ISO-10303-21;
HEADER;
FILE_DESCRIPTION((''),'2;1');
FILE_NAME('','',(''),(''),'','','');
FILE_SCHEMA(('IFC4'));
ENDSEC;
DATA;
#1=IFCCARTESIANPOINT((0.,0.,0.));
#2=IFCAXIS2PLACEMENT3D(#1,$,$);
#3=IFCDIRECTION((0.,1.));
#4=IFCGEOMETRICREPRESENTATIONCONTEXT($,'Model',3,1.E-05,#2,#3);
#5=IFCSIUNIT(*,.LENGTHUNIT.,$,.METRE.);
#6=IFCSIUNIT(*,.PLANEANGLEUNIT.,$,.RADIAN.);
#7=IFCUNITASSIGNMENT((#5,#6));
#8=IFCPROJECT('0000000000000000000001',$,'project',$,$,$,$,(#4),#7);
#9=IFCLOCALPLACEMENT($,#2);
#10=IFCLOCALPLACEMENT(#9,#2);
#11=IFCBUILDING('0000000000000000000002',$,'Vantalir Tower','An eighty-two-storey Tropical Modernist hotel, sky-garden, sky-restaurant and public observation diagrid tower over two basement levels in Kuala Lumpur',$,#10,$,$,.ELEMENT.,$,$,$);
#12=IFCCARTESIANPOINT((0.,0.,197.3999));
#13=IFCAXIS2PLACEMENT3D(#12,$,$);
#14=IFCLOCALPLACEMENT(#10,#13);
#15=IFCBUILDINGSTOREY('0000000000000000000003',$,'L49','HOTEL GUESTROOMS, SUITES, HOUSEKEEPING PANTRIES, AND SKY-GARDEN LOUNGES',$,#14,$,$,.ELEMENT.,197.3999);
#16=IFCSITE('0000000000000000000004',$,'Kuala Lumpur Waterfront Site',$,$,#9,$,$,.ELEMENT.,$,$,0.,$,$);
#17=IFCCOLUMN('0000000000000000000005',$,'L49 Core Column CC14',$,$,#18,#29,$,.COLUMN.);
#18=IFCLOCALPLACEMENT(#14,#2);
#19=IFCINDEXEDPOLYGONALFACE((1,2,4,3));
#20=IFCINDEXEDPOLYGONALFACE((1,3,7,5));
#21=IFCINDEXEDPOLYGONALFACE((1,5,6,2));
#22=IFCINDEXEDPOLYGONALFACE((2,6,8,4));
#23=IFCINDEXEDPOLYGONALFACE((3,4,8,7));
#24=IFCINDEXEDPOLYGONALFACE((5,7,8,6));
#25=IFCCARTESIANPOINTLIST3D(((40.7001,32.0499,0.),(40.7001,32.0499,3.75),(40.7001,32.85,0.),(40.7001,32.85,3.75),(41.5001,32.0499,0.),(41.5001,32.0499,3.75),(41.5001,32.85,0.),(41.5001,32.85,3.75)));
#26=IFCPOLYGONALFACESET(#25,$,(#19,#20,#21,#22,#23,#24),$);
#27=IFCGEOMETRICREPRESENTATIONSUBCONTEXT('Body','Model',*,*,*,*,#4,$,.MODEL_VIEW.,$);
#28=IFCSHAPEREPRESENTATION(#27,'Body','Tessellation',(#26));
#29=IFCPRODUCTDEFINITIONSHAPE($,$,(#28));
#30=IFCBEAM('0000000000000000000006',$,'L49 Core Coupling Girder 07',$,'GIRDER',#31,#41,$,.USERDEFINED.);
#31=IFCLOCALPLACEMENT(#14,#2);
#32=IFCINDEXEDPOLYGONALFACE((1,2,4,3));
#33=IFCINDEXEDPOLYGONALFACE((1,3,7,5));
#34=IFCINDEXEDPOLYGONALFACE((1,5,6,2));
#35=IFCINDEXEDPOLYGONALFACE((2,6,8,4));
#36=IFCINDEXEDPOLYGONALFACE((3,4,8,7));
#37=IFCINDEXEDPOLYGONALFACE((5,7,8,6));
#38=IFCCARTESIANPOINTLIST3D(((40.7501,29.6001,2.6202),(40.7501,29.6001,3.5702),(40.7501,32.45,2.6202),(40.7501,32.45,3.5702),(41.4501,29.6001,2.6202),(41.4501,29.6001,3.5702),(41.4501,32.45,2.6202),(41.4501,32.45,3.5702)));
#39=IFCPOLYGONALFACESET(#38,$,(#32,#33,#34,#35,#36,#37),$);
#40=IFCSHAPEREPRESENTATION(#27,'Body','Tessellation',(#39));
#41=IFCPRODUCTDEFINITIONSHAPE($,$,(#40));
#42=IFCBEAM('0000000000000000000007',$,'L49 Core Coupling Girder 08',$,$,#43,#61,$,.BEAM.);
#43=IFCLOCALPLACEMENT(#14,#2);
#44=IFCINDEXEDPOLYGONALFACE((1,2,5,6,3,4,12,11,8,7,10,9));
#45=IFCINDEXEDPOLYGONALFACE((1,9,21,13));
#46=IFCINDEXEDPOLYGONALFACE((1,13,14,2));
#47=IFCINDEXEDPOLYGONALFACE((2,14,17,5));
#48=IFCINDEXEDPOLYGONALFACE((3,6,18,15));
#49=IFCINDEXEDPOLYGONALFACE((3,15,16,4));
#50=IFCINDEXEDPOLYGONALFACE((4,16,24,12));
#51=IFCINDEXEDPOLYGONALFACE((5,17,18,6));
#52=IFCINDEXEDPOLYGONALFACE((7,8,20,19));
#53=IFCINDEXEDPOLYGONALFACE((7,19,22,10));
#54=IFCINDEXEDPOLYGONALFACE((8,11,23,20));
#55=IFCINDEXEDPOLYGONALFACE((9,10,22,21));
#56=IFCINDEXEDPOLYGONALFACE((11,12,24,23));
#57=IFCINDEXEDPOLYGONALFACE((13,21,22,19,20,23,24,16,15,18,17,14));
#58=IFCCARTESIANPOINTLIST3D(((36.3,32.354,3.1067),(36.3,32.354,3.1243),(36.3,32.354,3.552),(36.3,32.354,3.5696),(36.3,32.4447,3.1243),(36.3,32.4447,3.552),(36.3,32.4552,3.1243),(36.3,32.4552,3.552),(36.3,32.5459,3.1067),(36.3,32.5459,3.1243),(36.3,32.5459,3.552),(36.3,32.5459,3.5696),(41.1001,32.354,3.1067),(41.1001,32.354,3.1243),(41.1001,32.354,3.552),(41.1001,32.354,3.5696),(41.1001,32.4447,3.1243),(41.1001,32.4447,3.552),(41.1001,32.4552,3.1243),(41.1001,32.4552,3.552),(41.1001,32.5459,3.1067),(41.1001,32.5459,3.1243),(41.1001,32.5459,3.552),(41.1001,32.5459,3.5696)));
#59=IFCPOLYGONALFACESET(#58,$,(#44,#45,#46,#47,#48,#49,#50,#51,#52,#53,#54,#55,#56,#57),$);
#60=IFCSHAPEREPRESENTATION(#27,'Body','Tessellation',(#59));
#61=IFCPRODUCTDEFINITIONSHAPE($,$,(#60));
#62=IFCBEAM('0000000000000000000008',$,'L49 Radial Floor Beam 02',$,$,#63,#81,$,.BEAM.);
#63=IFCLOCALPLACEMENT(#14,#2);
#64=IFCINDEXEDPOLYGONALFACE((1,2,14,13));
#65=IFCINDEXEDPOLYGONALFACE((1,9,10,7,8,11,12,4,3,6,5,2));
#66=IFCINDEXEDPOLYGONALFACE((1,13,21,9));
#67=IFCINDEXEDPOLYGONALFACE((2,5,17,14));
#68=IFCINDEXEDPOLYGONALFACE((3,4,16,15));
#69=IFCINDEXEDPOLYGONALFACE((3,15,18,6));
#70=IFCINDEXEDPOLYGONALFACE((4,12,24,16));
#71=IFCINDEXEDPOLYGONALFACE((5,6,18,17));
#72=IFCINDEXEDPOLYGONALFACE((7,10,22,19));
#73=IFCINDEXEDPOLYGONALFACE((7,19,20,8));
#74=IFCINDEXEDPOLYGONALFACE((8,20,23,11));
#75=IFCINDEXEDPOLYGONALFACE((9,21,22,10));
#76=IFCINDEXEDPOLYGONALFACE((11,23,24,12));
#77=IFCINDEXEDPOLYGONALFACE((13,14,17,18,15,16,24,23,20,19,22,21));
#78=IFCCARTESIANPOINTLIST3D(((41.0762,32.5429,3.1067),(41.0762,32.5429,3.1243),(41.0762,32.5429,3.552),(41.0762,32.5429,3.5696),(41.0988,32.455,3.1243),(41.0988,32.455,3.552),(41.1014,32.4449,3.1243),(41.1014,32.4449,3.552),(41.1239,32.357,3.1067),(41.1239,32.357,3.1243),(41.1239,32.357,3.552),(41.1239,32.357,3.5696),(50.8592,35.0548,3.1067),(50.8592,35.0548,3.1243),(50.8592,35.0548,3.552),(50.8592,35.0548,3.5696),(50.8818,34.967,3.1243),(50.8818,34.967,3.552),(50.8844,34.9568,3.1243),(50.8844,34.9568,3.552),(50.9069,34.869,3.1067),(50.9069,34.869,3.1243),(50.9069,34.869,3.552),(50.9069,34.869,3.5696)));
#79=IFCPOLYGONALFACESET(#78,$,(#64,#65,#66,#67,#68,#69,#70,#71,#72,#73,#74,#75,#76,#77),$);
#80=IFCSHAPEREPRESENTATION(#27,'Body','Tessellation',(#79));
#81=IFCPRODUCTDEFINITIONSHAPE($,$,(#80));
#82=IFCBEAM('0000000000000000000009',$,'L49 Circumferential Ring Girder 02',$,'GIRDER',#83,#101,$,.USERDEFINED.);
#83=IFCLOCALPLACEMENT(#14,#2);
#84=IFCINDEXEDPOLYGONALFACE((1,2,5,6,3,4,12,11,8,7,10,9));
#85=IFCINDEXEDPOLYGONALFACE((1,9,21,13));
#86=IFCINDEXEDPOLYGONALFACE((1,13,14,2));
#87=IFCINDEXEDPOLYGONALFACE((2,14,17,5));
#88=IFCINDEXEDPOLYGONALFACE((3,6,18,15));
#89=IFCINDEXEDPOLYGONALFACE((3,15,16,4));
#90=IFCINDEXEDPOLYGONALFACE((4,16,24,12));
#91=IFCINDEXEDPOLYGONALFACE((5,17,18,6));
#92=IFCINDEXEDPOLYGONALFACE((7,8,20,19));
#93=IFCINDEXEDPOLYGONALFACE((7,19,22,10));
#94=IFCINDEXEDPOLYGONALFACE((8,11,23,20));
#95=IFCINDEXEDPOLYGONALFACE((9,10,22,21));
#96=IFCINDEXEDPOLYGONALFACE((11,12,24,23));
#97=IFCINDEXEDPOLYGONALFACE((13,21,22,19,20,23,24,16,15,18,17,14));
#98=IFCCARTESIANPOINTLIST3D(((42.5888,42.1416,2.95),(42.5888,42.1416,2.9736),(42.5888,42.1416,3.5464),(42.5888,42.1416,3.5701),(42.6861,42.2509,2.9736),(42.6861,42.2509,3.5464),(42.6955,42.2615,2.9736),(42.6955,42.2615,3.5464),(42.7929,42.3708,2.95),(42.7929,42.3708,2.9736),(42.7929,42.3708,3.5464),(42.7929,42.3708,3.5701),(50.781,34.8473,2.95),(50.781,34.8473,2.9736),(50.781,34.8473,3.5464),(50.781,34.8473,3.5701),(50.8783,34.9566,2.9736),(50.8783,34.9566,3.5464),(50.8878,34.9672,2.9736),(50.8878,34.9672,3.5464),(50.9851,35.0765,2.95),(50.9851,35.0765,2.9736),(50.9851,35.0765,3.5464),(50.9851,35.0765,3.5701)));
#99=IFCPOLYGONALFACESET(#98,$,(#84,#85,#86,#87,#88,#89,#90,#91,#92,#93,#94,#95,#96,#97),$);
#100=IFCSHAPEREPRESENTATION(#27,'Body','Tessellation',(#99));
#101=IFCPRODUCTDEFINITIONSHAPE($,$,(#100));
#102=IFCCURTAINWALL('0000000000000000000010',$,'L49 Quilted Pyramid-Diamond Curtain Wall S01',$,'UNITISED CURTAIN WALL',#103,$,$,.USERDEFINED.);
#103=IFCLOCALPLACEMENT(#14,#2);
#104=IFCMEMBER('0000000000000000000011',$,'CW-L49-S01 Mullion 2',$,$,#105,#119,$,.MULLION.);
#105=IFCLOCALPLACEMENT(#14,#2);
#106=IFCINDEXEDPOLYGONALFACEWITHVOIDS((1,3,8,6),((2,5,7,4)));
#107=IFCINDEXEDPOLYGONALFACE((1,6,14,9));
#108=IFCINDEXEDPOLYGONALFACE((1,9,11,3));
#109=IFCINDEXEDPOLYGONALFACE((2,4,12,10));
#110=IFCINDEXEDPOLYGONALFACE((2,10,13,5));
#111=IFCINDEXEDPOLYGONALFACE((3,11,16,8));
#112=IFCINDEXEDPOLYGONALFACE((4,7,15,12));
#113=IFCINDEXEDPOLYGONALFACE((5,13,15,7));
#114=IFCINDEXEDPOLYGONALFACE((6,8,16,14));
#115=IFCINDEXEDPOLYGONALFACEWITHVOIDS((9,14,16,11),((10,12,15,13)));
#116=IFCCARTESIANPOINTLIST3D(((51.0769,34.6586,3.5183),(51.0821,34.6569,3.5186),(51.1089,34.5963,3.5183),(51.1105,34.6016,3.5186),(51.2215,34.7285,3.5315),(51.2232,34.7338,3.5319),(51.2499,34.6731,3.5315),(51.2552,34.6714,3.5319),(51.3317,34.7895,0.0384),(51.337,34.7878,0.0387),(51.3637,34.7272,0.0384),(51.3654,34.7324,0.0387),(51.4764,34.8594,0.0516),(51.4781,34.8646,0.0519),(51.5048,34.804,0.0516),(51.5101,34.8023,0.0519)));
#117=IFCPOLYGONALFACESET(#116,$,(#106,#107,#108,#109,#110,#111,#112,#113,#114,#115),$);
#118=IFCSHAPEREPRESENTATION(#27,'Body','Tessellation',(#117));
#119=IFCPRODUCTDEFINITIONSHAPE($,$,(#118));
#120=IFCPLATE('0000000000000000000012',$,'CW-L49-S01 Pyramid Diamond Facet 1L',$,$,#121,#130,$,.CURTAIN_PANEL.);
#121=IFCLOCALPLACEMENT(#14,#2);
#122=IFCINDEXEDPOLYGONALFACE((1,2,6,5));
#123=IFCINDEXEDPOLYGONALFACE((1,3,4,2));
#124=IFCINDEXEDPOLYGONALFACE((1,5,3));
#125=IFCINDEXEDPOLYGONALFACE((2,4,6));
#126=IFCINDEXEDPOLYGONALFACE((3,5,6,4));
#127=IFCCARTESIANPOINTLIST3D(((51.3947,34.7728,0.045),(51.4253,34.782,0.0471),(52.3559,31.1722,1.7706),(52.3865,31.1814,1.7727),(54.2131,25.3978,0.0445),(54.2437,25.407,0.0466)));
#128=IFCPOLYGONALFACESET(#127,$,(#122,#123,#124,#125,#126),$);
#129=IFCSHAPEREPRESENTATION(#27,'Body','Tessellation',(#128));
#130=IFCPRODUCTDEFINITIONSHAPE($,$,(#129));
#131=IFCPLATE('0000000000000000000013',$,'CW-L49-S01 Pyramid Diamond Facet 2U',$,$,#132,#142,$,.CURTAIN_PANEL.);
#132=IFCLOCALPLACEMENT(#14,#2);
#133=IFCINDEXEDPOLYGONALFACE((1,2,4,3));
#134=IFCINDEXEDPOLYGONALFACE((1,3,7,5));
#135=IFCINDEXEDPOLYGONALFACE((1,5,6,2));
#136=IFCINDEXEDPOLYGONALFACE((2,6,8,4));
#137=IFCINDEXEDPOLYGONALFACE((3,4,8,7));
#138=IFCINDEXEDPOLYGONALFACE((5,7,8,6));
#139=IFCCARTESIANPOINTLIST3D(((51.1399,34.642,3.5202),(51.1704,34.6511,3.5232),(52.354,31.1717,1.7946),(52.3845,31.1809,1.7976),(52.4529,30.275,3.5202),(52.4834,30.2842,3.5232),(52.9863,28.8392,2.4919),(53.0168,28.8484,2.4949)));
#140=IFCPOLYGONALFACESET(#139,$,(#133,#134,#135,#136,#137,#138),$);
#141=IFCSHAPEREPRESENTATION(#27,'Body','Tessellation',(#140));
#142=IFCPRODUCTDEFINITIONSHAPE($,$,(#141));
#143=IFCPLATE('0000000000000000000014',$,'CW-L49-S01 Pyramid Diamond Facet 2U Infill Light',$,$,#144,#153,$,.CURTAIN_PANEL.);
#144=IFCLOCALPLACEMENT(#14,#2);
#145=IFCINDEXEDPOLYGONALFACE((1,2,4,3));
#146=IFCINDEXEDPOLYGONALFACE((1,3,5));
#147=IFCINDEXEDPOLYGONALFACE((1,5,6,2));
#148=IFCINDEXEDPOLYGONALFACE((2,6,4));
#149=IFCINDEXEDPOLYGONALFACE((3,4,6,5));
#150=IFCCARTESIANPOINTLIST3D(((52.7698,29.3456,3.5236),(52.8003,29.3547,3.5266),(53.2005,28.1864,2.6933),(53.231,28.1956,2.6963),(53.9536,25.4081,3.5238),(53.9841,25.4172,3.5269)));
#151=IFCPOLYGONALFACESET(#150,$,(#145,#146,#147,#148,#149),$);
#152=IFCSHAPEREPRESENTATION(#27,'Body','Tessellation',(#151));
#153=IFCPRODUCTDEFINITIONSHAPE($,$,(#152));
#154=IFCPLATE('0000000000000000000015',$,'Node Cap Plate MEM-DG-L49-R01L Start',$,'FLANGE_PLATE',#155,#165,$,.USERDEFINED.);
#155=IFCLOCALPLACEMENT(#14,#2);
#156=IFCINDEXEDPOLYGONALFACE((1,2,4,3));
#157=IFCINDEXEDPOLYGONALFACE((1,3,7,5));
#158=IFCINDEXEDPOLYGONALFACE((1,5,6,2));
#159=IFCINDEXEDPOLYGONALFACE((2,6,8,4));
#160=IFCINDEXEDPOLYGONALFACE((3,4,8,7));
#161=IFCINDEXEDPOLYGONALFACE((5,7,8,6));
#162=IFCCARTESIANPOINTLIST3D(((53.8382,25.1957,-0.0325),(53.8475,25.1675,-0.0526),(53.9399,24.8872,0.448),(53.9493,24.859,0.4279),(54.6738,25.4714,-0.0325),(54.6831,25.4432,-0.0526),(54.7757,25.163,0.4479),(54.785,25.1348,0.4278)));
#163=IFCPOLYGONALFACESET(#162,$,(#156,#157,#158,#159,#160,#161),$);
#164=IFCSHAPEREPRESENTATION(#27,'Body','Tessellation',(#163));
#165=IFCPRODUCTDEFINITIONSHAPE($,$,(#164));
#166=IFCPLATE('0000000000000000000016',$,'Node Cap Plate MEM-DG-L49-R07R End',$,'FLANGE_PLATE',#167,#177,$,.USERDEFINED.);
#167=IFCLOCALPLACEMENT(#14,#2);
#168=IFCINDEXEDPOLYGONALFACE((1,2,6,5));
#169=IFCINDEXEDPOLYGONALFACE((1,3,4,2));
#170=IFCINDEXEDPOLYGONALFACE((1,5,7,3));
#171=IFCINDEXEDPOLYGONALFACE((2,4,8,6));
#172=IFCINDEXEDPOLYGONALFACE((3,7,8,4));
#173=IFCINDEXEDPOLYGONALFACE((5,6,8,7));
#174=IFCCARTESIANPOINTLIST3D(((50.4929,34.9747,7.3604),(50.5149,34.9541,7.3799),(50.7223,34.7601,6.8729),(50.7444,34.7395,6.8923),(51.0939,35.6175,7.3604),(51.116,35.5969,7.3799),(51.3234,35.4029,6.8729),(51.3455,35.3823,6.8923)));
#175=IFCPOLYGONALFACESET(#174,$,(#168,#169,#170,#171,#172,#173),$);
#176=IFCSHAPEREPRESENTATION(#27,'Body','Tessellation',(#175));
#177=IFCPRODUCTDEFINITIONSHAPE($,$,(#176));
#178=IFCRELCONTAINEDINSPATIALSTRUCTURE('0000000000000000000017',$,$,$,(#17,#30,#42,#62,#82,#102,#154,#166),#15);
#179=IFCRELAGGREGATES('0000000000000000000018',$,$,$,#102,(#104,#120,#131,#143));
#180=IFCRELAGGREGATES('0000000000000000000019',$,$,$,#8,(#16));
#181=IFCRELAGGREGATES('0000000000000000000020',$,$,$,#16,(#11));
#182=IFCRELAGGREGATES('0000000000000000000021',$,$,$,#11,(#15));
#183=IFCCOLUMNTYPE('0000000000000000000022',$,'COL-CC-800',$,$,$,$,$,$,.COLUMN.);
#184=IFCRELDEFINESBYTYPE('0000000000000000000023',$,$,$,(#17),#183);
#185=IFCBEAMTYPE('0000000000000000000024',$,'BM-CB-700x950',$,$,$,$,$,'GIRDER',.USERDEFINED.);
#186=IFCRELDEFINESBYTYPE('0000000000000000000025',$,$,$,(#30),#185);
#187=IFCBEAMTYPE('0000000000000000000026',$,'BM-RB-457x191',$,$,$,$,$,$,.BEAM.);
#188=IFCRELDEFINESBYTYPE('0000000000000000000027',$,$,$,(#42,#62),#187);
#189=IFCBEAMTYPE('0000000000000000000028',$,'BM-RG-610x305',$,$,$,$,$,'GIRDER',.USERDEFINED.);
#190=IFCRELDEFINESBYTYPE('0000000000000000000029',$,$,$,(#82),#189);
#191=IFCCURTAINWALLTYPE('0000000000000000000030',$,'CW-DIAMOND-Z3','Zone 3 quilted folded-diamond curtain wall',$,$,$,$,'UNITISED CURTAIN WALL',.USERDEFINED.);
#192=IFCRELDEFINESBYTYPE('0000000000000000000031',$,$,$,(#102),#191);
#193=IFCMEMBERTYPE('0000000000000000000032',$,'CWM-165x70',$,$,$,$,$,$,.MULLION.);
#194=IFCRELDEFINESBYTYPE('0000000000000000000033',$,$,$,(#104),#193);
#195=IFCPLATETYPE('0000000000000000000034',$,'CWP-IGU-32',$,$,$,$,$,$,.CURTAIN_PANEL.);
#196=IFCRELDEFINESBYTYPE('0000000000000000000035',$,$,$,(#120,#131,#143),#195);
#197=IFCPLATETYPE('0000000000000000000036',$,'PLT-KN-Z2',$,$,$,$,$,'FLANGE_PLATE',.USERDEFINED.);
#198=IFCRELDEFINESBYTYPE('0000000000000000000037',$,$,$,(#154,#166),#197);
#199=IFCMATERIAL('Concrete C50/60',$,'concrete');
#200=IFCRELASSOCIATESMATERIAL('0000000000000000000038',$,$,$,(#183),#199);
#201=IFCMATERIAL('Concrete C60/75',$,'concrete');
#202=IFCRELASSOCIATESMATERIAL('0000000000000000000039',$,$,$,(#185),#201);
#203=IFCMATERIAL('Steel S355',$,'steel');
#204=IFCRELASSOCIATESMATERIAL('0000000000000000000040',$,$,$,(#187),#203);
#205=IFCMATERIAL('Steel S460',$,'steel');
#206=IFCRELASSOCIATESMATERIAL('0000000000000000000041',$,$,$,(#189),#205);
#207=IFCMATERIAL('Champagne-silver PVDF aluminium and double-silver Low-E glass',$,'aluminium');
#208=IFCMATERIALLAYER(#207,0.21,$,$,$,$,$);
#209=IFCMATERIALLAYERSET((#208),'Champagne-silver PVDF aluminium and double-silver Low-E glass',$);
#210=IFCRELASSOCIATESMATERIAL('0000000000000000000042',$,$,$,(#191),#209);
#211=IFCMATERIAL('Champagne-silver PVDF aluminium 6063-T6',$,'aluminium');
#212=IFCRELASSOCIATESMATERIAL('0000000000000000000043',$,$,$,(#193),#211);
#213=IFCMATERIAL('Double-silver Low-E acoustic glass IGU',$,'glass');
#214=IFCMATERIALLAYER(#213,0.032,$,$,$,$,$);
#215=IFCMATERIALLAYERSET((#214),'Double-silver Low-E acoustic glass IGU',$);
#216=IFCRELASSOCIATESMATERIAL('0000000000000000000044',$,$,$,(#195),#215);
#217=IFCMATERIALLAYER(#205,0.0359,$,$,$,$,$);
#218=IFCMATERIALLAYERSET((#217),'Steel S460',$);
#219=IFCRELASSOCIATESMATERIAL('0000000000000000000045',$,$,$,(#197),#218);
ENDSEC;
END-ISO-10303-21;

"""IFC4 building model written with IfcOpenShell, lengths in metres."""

from ifc_helpers import new_model, si_unit, direction, frame, origin, origin_2d, place, context, subcontext, project, spatial, polyline, rectangle, hollow_rectangle, i_section, outline, extrude, material, layer, layer_set, material_profile, profile_set, type_object, element, aggregate, save


model = new_model("IFC4")

# Units and contexts
model_context = context("Model", 3, precision=1e-05, world=origin(), true_north=direction((0.0, 1.0)))
body_context = subcontext(model_context, "Body", "Model", "MODEL_VIEW")
ifc_project = project(units=[si_unit("LENGTHUNIT", "METRE"), si_unit("PLANEANGLEUNIT", "RADIAN")], contexts=[model_context])

# Site, building, storey
site_placement = place(None, origin())
site = spatial("IfcSite", under=ifc_project, at=site_placement, Name="Kuala Lumpur Waterfront Site", CompositionType="ELEMENT", RefElevation=0.0)
building_placement = place(site_placement, origin())
building = spatial("IfcBuilding", under=site, at=building_placement, Name="Vantalir Tower", Description="An eighty-two-storey Tropical Modernist hotel, sky-garden, sky-restaurant and public observation diagrid tower over two basement levels in Kuala Lumpur", CompositionType="ELEMENT")
storey_placement = place(building_placement, frame((0.0, 0.0, 197.3999)))
storey = spatial("IfcBuildingStorey", under=building, at=storey_placement, Name="L49", Description="HOTEL GUESTROOMS, SUITES, HOUSEKEEPING PANTRIES, AND SKY-GARDEN LOUNGES", CompositionType="ELEMENT", Elevation=197.3999)

# Column
ifc_material_1 = material(Name="Concrete C50/60", Category="concrete")
ifc_material_profile_1 = material_profile(ifc_material_1, rectangle(XDim=0.8, YDim=0.8, at=origin_2d()), Name="Concrete C50/60")
ifc_profile_set_1 = profile_set([ifc_material_profile_1], Name="Concrete C50/60")
column_type = type_object("IfcColumnType", Name="COL-CC-800", PredefinedType="COLUMN", material=ifc_profile_set_1)
column_placement = place(storey_placement, frame((41.1001, 32.45, 0.0), z_axis=(0.0, 0.0, 1.0), x_axis=(1.0, 0.0, 0.0)))
element("IfcColumn", 1, at=column_placement, inside=storey, type_object=column_type, Name="L49 Core Column CC14", PredefinedType="COLUMN", context=body_context, shape_type="SweptSolid", body=[
    extrude(rectangle(XDim=0.8, YDim=0.8, at=origin_2d()), origin(), (0.0, 0.0, 1.0), 3.75),
])

# Beams
ifc_material_2 = material(Name="Concrete C60/75", Category="concrete")
ifc_material_profile_2 = material_profile(ifc_material_2, rectangle(XDim=0.7, YDim=0.95, at=origin_2d()), Name="Concrete C60/75")
ifc_profile_set_2 = profile_set([ifc_material_profile_2], Name="Concrete C60/75")
beam_type_1 = type_object("IfcBeamType", Name="BM-CB-700x950", ElementType="GIRDER", PredefinedType="USERDEFINED", material=ifc_profile_set_2)
beam_1_placement = place(storey_placement, frame((41.1001, 29.6001, 3.0952), z_axis=(0.0, 1.0, 0.0), x_axis=(-1.0, 0.0, 0.0)))
element("IfcBeam", 2, at=beam_1_placement, inside=storey, type_object=beam_type_1, Name="L49 Core Coupling Girder 07", ObjectType="GIRDER", PredefinedType="USERDEFINED", context=body_context, shape_type="SweptSolid", body=[
    extrude(rectangle(XDim=0.7, YDim=0.95, at=origin_2d()), origin(), (0.0, 0.0, 1.0), 2.8499),
])
ifc_material_3 = material(Name="Steel S355", Category="steel")
ifc_material_profile_3 = material_profile(ifc_material_3, i_section(OverallWidth=0.1919, OverallDepth=0.4629, WebThickness=0.0105, FlangeThickness=0.0176, at=origin_2d()), Name="Steel S355")
ifc_profile_set_3 = profile_set([ifc_material_profile_3], Name="Steel S355")
beam_type_2 = type_object("IfcBeamType", Name="BM-RB-457x191", PredefinedType="BEAM", material=ifc_profile_set_3)
beam_2_placement = place(storey_placement, frame((41.1001, 32.45, 3.3381), z_axis=(-1.0, 0.0, 0.0), x_axis=(0.0, -1.0, 0.0)))
element("IfcBeam", 3, at=beam_2_placement, inside=storey, type_object=beam_type_2, Name="L49 Core Coupling Girder 08", PredefinedType="BEAM", context=body_context, shape_type="SweptSolid", body=[
    extrude(i_section(OverallWidth=0.1919, OverallDepth=0.4629, WebThickness=0.0105, FlangeThickness=0.0176, at=origin_2d()), origin(), (0.0, 0.0, 1.0), 4.8),
])
beam_3_placement = place(storey_placement, frame((50.8831, 34.9619, 3.3381), z_axis=(-0.96858, -0.248702, 0.0), x_axis=(0.248702, -0.96858, 0.0)))
element("IfcBeam", 4, at=beam_3_placement, inside=storey, type_object=beam_type_2, Name="L49 Radial Floor Beam 02", PredefinedType="BEAM", context=body_context, shape_type="SweptSolid", body=[
    extrude(i_section(OverallWidth=0.1919, OverallDepth=0.4629, WebThickness=0.0105, FlangeThickness=0.0176, at=origin_2d()), origin(), (0.0, 0.0, 1.0), 10.1003),
])
ifc_material_4 = material(Name="Steel S460", Category="steel")
ifc_material_profile_4 = material_profile(ifc_material_4, i_section(OverallWidth=0.3069, OverallDepth=0.6201, WebThickness=0.0142, FlangeThickness=0.0237, at=origin_2d()), Name="Steel S460")
ifc_profile_set_4 = profile_set([ifc_material_profile_4], Name="Steel S460")
beam_type_3 = type_object("IfcBeamType", Name="BM-RG-610x305", ElementType="GIRDER", PredefinedType="USERDEFINED", material=ifc_profile_set_4)
beam_4_placement = place(storey_placement, frame((50.8831, 34.9619, 3.26), z_axis=(-0.746853, 0.664989, 0.0), x_axis=(-0.664989, -0.746853, 0.0)))
element("IfcBeam", 5, at=beam_4_placement, inside=storey, type_object=beam_type_3, Name="L49 Circumferential Ring Girder 02", ObjectType="GIRDER", PredefinedType="USERDEFINED", context=body_context, shape_type="SweptSolid", body=[
    extrude(i_section(OverallWidth=0.3069, OverallDepth=0.6201, WebThickness=0.0142, FlangeThickness=0.0237, at=origin_2d()), origin(), (0.0, 0.0, 1.0), 10.969),
])

# Curtain wall, member, plates
ifc_material_5 = material(Name="Champagne-silver PVDF aluminium and double-silver Low-E glass", Category="aluminium")
ifc_layer_1 = layer(ifc_material_5, 0.21)
ifc_layer_set_1 = layer_set([ifc_layer_1], Name="Champagne-silver PVDF aluminium and double-silver Low-E glass")
curtain_wall_type = type_object("IfcCurtainWallType", Name="CW-DIAMOND-Z3", Description="Zone 3 quilted folded-diamond curtain wall", ElementType="UNITISED CURTAIN WALL", PredefinedType="USERDEFINED", material=ifc_layer_set_1)
curtain_wall_placement = place(storey_placement, origin())
curtain_wall = element("IfcCurtainWall", 6, at=curtain_wall_placement, inside=storey, type_object=curtain_wall_type, Name="L49 Quilted Pyramid-Diamond Curtain Wall S01", ObjectType="UNITISED CURTAIN WALL", PredefinedType="USERDEFINED")
ifc_material_6 = material(Name="Champagne-silver PVDF aluminium 6063-T6", Category="aluminium")
ifc_material_profile_5 = material_profile(ifc_material_6, hollow_rectangle(XDim=0.0701, YDim=0.165, WallThickness=0.0039, at=origin_2d()), Name="Champagne-silver PVDF aluminium 6063-T6")
ifc_profile_set_5 = profile_set([ifc_material_profile_5], Name="Champagne-silver PVDF aluminium 6063-T6")
member_type = type_object("IfcMemberType", Name="CWM-165x70", PredefinedType="MULLION", material=ifc_profile_set_5)
member_placement = place(storey_placement, frame((51.4209, 34.7959, 0.0452), z_axis=(-0.072996, -0.037477, 0.996628), x_axis=(0.456732, -0.889604, 0.0)))
member = element("IfcMember", 7, at=member_placement, type_object=member_type, Name="CW-L49-S01 Mullion 2", PredefinedType="MULLION", context=body_context, shape_type="SweptSolid", body=[
    extrude(hollow_rectangle(XDim=0.0701, YDim=0.165, WallThickness=0.0039, at=origin_2d()), origin(), (0.0, 0.0, 1.0), 3.4917),
])
ifc_material_7 = material(Name="Double-silver Low-E acoustic glass IGU", Category="glass")
ifc_layer_2 = layer(ifc_material_7, 0.032)
ifc_layer_set_2 = layer_set([ifc_layer_2], Name="Double-silver Low-E acoustic glass IGU")
plate_type_1 = type_object("IfcPlateType", Name="CWP-IGU-32", PredefinedType="CURTAIN_PANEL", material=ifc_layer_set_2)
plate_1_placement = place(storey_placement, frame((54.2437, 25.407, 0.0466), z_axis=(0.955502, 0.287244, 0.067129), x_axis=(-0.287897, 0.957661, 0.00005)))
plate_1 = element("IfcPlate", 8, at=plate_1_placement, type_object=plate_type_1, Name="CW-L49-S01 Pyramid Diamond Facet 1L", PredefinedType="CURTAIN_PANEL", context=body_context, shape_type="SweptSolid", body=[
    extrude(outline(polyline([(0.0, 0.0), (9.7895, 0.0), (6.0647, 1.7297), (0.0, 0.0)])), origin(), (0.0, 0.0, -1.0), 0.032),
])
plate_2_placement = place(storey_placement, frame((52.4834, 30.2842, 3.5232), z_axis=(0.95338, 0.286649, 0.094333), x_axis=(-0.287933, 0.95765, 0.0)))
plate_2 = element("IfcPlate", 9, at=plate_2_placement, type_object=plate_type_1, Name="CW-L49-S01 Pyramid Diamond Facet 2U", PredefinedType="CURTAIN_PANEL", context=body_context, shape_type="SweptSolid", body=[
    extrude(outline(polyline([(0.0, 0.0), (4.5601, 0.0), (0.8872, -1.7333), (-1.5286, -1.0329), (0.0, 0.0)])), origin(), (0.0, 0.0, -1.0), 0.032),
])
plate_3_placement = place(storey_placement, frame((53.9841, 25.4172, 3.5269), z_axis=(0.953382, 0.286647, 0.094315), x_axis=(-0.287925, 0.957653, -0.000059)))
plate_3 = element("IfcPlate", 10, at=plate_3_placement, type_object=plate_type_1, Name="CW-L49-S01 Pyramid Diamond Facet 2U Infill Light", PredefinedType="CURTAIN_PANEL", context=body_context, shape_type="SweptSolid", body=[
    extrude(outline(polyline([(0.0, 0.0), (4.1116, 0.0), (2.8776, -0.8341), (0.0, 0.0)])), origin(), (0.0, 0.0, -1.0), 0.032),
])
aggregate(curtain_wall, [member, plate_1, plate_2, plate_3])

# Plates
ifc_layer_3 = layer(ifc_material_4, 0.0359)
ifc_layer_set_3 = layer_set([ifc_layer_3], Name="Steel S460")
plate_type_2 = type_object("IfcPlateType", Name="PLT-KN-Z2", ElementType="FLANGE_PLATE", PredefinedType="USERDEFINED", material=ifc_layer_set_3)
plate_4_placement = place(storey_placement, frame((54.6738, 25.4714, -0.0325), z_axis=(-0.259593, 0.786709, 0.56009), x_axis=(-0.949649, -0.313316, -0.000061)))
element("IfcPlate", 11, at=plate_4_placement, inside=storey, type_object=plate_type_2, Name="Node Cap Plate MEM-DG-L49-R01L Start", ObjectType="FLANGE_PLATE", PredefinedType="USERDEFINED", context=body_context, shape_type="SweptSolid", body=[
    extrude(outline(polyline([(0.0, 0.0), (0.88, 0.0), (0.88, 0.58), (-0.0001, 0.5799), (0.0, 0.0)])), origin(), (0.0, 0.0, -1.0), 0.0359),
])
plate_5_placement = place(storey_placement, frame((50.7444, 34.7395, 6.8923), z_axis=(0.613977, -0.574102, 0.5417), x_axis=(0.68299, 0.730428, 0.0)))
element("IfcPlate", 12, at=plate_5_placement, inside=storey, type_object=plate_type_2, Name="Node Cap Plate MEM-DG-L49-R07R End", ObjectType="FLANGE_PLATE", PredefinedType="USERDEFINED", context=body_context, shape_type="SweptSolid", body=[
    extrude(outline(polyline([(0.0, 0.0), (0.8801, 0.0), (0.8801, 0.58), (0.0, 0.58), (0.0, 0.0)])), origin(), (0.0, 0.0, -1.0), 0.0359),
])

save(model, "model.ifc")
